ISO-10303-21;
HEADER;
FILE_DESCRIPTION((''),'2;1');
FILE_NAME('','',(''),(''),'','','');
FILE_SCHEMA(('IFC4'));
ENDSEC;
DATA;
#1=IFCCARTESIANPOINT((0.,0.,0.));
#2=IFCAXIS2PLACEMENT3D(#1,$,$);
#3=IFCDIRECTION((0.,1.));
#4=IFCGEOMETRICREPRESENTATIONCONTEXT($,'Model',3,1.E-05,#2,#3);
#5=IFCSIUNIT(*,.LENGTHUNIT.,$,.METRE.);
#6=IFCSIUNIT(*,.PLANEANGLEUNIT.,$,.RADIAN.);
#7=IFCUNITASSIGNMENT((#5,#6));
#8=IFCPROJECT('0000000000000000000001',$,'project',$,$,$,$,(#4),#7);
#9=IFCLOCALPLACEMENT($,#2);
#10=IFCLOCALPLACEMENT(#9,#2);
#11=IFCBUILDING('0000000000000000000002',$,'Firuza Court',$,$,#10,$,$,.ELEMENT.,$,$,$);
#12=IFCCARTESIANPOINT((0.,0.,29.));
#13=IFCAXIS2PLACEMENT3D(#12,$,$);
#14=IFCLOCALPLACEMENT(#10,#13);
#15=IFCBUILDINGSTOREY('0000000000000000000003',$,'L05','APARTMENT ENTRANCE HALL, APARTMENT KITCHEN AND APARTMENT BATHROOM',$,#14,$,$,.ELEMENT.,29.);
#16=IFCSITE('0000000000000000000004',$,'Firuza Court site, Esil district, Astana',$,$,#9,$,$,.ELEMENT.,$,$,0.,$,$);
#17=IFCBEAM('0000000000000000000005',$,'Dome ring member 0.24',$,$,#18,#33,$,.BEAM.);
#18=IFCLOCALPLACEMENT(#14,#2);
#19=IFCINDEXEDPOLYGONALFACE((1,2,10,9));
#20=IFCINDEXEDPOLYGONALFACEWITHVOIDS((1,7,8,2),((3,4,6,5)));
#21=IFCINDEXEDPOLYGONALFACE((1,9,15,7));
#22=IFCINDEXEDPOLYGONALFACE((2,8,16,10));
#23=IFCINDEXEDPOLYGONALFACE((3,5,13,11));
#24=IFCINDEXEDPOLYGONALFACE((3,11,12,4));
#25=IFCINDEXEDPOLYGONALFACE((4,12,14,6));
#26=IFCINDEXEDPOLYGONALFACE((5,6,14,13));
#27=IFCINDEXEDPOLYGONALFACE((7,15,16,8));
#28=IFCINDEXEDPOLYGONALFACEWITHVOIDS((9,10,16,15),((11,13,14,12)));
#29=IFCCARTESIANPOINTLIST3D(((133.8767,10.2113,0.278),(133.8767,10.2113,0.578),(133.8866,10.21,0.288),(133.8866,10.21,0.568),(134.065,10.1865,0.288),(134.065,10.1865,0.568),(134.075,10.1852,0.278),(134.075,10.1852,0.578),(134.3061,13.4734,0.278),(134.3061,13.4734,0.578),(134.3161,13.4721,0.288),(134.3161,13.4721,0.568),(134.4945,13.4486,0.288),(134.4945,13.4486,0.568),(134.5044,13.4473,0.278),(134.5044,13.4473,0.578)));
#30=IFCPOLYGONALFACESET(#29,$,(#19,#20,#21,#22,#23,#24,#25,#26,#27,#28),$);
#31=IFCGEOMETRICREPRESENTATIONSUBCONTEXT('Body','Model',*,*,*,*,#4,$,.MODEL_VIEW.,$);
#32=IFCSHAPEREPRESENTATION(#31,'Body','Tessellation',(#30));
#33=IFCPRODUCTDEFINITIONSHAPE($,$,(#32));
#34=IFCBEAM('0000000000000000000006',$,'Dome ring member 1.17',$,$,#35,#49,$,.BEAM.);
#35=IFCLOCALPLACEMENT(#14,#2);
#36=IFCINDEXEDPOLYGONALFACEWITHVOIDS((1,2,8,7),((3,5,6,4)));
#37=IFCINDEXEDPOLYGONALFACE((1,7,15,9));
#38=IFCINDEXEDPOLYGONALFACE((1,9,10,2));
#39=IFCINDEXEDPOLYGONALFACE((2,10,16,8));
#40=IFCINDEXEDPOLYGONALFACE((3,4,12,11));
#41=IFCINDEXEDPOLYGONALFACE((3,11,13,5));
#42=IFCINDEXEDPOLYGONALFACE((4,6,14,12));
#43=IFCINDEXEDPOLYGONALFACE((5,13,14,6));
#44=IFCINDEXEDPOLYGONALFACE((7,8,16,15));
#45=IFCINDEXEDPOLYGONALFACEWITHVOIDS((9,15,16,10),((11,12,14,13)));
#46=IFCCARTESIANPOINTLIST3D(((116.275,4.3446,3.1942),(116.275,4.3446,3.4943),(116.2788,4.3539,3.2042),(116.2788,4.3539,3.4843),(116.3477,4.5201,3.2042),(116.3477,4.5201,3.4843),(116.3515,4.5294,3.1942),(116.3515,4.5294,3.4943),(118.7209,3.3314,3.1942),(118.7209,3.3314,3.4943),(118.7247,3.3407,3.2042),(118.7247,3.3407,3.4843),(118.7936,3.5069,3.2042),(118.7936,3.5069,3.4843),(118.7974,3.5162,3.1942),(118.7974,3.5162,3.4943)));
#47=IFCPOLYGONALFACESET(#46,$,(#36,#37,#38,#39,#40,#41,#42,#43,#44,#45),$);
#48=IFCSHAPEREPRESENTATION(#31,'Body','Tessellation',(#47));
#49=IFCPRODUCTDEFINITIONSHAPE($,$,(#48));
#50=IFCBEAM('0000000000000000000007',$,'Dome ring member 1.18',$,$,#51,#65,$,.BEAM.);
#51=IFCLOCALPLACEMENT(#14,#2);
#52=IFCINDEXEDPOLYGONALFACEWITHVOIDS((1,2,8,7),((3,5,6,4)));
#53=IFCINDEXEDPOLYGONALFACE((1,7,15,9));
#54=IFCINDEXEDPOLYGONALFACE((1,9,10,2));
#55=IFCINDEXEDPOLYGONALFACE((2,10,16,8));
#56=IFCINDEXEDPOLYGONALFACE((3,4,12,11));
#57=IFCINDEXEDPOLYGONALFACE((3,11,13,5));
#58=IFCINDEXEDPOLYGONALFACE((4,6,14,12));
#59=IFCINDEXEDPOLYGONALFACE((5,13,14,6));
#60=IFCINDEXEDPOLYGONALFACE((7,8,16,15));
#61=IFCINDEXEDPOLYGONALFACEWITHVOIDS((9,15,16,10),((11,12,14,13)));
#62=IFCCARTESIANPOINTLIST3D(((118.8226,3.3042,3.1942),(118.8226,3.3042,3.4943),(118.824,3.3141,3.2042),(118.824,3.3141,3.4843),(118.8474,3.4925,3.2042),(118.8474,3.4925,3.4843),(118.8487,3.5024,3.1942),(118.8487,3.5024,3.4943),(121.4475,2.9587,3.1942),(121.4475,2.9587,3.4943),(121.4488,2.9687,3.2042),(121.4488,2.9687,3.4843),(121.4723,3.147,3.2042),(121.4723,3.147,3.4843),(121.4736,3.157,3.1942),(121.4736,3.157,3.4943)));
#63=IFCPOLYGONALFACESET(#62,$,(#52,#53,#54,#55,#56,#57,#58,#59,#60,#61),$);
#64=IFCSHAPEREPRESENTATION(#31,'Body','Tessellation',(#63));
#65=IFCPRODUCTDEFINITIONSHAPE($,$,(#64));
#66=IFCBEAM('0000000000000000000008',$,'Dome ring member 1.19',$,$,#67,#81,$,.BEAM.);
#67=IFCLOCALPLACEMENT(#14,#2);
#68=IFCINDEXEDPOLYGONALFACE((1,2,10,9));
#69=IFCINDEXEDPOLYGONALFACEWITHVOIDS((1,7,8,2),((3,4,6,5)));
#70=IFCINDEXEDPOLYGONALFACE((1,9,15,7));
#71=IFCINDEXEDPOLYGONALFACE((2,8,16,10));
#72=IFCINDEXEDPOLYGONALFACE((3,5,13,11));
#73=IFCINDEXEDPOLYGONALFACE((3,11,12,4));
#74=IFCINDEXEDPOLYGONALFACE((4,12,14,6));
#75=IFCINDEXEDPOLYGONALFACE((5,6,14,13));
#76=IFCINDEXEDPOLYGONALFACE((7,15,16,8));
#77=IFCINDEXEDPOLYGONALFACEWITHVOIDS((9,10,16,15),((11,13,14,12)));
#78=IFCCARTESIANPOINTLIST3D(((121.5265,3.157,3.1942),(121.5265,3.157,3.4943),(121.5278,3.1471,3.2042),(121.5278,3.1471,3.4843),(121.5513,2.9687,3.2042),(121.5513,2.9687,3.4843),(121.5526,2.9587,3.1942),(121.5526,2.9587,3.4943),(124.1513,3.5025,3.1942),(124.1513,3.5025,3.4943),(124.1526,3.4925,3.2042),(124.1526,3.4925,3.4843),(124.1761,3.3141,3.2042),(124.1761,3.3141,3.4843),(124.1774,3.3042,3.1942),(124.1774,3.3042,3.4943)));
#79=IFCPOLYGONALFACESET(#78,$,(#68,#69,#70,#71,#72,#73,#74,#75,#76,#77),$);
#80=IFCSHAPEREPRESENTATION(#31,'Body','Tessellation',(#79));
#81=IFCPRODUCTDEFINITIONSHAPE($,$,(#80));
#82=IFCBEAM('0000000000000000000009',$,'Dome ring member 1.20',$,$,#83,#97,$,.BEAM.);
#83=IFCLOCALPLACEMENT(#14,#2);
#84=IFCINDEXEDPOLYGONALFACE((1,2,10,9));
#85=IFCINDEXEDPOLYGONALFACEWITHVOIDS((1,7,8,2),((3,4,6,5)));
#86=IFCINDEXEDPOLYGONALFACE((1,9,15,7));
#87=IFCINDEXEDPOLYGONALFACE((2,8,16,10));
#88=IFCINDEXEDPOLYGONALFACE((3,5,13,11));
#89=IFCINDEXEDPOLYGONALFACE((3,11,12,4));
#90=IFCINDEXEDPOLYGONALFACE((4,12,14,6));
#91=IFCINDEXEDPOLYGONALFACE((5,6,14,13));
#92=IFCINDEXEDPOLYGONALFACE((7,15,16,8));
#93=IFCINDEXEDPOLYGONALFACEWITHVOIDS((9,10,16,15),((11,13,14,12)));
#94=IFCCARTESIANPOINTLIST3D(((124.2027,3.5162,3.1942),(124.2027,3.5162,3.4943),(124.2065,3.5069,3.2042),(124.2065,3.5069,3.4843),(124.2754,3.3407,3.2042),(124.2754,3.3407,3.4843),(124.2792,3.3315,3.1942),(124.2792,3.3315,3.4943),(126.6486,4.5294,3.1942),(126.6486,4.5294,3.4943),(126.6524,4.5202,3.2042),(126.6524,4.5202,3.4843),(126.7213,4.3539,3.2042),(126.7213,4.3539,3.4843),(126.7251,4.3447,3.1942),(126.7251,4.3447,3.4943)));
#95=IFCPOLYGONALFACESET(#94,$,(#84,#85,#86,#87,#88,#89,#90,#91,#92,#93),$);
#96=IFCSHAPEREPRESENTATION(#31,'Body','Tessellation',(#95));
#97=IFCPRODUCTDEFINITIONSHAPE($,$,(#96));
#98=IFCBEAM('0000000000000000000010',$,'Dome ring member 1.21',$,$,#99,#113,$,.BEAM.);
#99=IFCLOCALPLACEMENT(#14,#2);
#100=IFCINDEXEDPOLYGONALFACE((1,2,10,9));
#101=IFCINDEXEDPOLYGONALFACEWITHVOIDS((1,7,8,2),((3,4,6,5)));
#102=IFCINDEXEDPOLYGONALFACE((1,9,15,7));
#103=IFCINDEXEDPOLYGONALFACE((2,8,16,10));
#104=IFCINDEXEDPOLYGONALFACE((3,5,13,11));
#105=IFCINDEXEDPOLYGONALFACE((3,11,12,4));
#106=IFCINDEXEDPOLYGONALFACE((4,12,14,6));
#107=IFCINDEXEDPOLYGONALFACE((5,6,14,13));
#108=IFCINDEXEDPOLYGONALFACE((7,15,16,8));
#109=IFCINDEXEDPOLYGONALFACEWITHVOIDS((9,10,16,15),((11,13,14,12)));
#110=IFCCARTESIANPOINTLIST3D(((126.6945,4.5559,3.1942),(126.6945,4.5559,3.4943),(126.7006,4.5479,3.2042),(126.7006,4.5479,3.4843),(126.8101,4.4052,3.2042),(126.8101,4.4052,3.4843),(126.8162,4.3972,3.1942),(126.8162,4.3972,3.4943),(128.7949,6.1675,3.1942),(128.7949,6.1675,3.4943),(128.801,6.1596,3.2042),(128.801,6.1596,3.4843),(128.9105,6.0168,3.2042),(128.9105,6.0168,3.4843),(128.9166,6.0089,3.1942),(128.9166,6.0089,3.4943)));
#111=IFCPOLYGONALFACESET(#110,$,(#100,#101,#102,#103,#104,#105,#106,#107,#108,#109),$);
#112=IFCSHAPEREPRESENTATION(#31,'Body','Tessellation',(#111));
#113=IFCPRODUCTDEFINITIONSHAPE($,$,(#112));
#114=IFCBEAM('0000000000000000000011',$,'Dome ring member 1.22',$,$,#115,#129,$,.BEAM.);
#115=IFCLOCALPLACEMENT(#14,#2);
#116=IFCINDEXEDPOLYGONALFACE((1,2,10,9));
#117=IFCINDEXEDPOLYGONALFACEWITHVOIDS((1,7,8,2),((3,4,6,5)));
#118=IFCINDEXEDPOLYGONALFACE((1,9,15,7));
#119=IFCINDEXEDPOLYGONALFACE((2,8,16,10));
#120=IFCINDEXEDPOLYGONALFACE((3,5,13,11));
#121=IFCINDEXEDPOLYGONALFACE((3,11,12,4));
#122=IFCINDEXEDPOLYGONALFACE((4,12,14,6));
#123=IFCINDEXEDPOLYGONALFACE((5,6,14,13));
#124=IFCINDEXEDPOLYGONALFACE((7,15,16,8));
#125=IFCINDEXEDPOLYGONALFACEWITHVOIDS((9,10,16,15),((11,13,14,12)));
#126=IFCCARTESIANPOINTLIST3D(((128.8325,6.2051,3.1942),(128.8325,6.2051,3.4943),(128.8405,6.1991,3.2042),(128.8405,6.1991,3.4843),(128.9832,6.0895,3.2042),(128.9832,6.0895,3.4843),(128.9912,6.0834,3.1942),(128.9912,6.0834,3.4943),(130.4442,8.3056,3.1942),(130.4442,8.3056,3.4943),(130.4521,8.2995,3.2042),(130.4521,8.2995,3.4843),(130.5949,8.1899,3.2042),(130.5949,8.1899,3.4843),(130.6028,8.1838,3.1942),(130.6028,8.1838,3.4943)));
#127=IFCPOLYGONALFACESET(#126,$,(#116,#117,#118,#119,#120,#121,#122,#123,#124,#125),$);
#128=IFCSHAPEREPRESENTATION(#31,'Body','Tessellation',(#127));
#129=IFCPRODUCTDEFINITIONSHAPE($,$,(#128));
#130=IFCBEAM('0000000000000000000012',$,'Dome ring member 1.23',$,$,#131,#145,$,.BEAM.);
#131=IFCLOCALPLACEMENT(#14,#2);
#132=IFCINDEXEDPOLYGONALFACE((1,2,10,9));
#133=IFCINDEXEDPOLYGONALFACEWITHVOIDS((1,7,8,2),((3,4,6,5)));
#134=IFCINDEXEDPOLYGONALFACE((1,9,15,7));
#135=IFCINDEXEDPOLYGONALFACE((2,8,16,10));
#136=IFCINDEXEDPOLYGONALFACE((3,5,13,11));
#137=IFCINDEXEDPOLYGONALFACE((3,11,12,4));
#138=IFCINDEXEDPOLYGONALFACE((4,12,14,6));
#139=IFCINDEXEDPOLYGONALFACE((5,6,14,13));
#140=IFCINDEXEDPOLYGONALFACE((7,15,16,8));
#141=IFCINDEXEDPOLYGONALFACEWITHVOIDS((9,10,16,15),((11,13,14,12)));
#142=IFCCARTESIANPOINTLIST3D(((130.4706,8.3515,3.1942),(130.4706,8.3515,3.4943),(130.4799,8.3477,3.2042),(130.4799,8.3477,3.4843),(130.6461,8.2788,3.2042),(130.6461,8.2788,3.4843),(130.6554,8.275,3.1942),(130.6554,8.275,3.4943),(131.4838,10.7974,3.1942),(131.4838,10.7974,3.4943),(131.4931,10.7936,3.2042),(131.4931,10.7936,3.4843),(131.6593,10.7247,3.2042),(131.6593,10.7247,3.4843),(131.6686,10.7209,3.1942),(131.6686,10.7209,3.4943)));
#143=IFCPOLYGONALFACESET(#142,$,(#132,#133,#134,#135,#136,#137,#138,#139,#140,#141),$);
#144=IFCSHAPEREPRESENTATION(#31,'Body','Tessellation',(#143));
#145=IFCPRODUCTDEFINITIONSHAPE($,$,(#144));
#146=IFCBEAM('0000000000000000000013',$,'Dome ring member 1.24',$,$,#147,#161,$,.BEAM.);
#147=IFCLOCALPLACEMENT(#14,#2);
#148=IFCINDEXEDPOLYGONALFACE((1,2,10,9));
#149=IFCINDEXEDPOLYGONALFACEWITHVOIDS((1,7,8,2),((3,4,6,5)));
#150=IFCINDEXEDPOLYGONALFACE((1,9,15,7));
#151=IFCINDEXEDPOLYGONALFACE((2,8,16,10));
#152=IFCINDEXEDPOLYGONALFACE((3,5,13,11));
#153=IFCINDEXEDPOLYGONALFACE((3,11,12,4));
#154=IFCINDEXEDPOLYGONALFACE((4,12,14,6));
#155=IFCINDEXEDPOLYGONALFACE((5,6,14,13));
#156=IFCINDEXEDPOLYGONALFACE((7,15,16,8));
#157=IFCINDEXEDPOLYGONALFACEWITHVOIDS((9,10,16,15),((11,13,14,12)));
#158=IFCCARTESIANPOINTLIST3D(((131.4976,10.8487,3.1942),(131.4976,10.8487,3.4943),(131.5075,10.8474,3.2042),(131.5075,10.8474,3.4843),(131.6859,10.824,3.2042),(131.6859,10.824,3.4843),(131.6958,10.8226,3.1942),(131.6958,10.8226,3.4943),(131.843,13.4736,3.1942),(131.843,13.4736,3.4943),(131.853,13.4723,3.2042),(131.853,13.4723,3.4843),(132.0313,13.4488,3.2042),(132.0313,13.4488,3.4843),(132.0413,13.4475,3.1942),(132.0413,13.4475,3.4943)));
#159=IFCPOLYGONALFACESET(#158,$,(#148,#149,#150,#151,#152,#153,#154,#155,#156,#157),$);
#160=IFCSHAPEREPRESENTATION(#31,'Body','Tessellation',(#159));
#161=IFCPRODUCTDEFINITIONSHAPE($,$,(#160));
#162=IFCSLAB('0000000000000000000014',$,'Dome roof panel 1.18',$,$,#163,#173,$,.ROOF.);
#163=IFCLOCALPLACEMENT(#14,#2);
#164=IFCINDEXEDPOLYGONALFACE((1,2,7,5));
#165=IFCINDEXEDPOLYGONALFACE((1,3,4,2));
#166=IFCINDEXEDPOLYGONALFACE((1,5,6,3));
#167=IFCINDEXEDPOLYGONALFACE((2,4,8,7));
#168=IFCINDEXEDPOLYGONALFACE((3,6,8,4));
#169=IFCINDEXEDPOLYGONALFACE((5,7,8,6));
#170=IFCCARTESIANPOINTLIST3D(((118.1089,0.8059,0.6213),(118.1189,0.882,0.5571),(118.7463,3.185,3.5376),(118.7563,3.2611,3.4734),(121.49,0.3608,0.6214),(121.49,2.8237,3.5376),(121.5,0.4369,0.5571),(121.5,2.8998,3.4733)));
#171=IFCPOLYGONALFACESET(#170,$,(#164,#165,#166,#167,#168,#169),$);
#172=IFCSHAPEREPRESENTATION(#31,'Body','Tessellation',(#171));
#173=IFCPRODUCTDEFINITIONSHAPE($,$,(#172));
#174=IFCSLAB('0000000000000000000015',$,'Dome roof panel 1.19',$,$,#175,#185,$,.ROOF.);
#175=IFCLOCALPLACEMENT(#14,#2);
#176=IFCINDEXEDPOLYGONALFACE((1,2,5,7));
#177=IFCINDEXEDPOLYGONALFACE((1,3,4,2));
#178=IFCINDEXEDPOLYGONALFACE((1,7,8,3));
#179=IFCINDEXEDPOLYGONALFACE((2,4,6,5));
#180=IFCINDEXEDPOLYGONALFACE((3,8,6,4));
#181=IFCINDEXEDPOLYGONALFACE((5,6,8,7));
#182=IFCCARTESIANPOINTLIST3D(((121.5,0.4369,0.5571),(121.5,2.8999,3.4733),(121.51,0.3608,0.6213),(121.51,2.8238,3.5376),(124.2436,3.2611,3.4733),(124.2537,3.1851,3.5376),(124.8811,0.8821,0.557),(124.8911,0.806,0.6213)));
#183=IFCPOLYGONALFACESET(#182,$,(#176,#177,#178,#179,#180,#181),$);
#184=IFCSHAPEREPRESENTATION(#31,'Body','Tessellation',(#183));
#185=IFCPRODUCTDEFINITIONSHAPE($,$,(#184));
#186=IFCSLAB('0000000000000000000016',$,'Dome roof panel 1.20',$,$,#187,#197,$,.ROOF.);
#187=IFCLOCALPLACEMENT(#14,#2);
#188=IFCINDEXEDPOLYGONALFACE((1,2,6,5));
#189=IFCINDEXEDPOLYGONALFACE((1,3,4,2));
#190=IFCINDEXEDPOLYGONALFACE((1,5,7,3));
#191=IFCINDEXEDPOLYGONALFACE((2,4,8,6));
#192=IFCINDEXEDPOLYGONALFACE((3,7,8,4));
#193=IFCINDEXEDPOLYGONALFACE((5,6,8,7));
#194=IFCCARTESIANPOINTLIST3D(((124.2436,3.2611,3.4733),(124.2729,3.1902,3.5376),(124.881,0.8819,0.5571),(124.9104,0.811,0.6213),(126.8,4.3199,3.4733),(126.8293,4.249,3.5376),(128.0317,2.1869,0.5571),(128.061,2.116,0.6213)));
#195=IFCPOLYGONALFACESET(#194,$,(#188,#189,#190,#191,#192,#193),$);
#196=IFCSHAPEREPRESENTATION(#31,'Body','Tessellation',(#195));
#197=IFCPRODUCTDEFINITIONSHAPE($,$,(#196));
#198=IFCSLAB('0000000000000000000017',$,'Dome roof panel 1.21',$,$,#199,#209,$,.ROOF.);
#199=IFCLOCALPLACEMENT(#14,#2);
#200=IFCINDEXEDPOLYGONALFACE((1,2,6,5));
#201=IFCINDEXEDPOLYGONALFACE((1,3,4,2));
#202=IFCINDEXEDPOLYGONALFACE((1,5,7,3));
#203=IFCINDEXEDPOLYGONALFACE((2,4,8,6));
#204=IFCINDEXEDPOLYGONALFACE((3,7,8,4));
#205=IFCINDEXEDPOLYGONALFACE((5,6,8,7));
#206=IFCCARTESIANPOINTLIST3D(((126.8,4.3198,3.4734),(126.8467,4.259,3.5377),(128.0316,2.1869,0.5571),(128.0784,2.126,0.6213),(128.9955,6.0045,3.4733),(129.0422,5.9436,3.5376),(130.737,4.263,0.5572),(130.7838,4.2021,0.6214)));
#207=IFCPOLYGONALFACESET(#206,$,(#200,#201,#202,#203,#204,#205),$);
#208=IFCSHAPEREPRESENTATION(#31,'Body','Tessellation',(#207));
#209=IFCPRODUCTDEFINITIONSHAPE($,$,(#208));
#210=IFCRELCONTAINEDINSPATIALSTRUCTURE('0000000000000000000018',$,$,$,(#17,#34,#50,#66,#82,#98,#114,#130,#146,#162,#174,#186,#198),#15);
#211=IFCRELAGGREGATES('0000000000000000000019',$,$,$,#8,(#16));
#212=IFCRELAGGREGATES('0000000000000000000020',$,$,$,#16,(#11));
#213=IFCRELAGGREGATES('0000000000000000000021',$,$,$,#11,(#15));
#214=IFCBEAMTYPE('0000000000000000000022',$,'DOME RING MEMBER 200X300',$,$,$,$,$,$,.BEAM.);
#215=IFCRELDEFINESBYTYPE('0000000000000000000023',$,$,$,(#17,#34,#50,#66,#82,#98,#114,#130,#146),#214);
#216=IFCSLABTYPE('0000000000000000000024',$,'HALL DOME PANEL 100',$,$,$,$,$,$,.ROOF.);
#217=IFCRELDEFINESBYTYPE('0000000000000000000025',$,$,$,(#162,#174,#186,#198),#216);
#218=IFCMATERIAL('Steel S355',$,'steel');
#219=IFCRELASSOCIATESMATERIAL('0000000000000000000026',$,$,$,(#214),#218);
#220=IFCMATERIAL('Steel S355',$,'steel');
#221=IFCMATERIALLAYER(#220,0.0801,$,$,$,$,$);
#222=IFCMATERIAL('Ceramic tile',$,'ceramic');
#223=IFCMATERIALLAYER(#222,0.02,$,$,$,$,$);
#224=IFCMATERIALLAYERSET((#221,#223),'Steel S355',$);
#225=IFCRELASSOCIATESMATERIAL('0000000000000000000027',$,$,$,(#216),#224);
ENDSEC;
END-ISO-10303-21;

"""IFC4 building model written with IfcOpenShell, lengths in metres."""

from ifc_helpers import new_model, si_unit, direction, frame, origin, origin_2d, place, context, subcontext, project, spatial, polyline, hollow_rectangle, outline, extrude, material, layer, layer_set, material_profile, profile_set, type_object, element, save


model = new_model("IFC4")

# Units and contexts
model_context = context("Model", 3, precision=1e-05, world=origin(), true_north=direction((0.0, 1.0)))
body_context = subcontext(model_context, "Body", "Model", "MODEL_VIEW")
ifc_project = project(units=[si_unit("LENGTHUNIT", "METRE"), si_unit("PLANEANGLEUNIT", "RADIAN")], contexts=[model_context])

# Site, building, storey
site_placement = place(None, origin())
site = spatial("IfcSite", under=ifc_project, at=site_placement, Name="Firuza Court site, Esil district, Astana", CompositionType="ELEMENT", RefElevation=0.0)
building_placement = place(site_placement, origin())
building = spatial("IfcBuilding", under=site, at=building_placement, Name="Firuza Court", CompositionType="ELEMENT")
storey_placement = place(building_placement, frame((0.0, 0.0, 29.0)))
storey = spatial("IfcBuildingStorey", under=building, at=storey_placement, Name="L05", Description="APARTMENT ENTRANCE HALL, APARTMENT KITCHEN AND APARTMENT BATHROOM", CompositionType="ELEMENT", Elevation=29.0)

# Beams
ifc_material_1 = material(Name="Steel S355", Category="steel")
ifc_material_profile_1 = material_profile(ifc_material_1, hollow_rectangle(XDim=0.2, YDim=0.3, WallThickness=0.01, at=origin_2d()), Name="RHS 300X200X10")
ifc_profile_set_1 = profile_set([ifc_material_profile_1], Name="Steel S355")
beam_type_1 = type_object("IfcBeamType", Name="DOME RING MEMBER 200X300", PredefinedType="BEAM", material=ifc_profile_set_1)
for number, where, z_axis, x_axis, name in (
    (1, (133.9758, 10.1982, 0.428), (0.130516, 0.991446, 0.0), (-0.991446, 0.130516, 0.0), "Dome ring member 0.24"),
):
    element("IfcBeam", number, at=place(storey_placement, frame(where, z_axis=z_axis, x_axis=x_axis)), inside=storey, type_object=beam_type_1, Name=name, PredefinedType="BEAM", context=body_context, shape_type="SweptSolid", body=[
        extrude(hollow_rectangle(XDim=0.2, YDim=0.3, WallThickness=0.01, at=origin_2d()), origin(), (0.0, 0.0, 1.0), 3.2903),
    ])
for number, where, z_axis, x_axis, name in (
    (2, (116.3132, 4.437, 3.3442), (0.923866, -0.382716, 0.0), (0.382716, 0.923866, 0.0), "Dome ring member 1.17"),
    (3, (118.8357, 3.4033, 3.3442), (0.99145, -0.13049, 0.0), (0.13049, 0.99145, 0.0), "Dome ring member 1.18"),
    (4, (121.5396, 3.0579, 3.3442), (0.99145, 0.13049, 0.0), (-0.13049, 0.99145, 0.0), "Dome ring member 1.19"),
    (5, (124.241, 3.4238, 3.3442), (0.923866, 0.382716, 0.0), (-0.382716, 0.923866, 0.0), "Dome ring member 1.20"),
    (6, (126.7554, 4.4766, 3.3442), (0.793367, 0.608743, 0.0), (-0.608743, 0.793367, 0.0), "Dome ring member 1.21"),
    (7, (128.9119, 6.1443, 3.3442), (0.608743, 0.793367, 0.0), (-0.793367, 0.608743, 0.0), "Dome ring member 1.22"),
    (8, (130.563, 8.3132, 3.3442), (0.382716, 0.923866, 0.0), (-0.923866, 0.382716, 0.0), "Dome ring member 1.23"),
    (9, (131.5967, 10.8357, 3.3442), (0.13049, 0.99145, 0.0), (-0.99145, 0.13049, 0.0), "Dome ring member 1.24"),
):
    element("IfcBeam", number, at=place(storey_placement, frame(where, z_axis=z_axis, x_axis=x_axis)), inside=storey, type_object=beam_type_1, Name=name, PredefinedType="BEAM", context=body_context, shape_type="SweptSolid", body=[
        extrude(hollow_rectangle(XDim=0.2, YDim=0.3, WallThickness=0.01, at=origin_2d()), origin(), (0.0, 0.0, 1.0), 2.6475),
    ])

# Slabs
ifc_material_2 = material(Name="Steel S355", Category="steel")
ifc_layer_1 = layer(ifc_material_2, 0.0801)
ifc_material_3 = material(Name="Ceramic tile", Category="ceramic")
ifc_layer_2 = layer(ifc_material_3, 0.02)
ifc_layer_set = layer_set([ifc_layer_1, ifc_layer_2], Name="Steel S355")
slab_type = type_object("IfcSlabType", Name="HALL DOME PANEL 100", PredefinedType="ROOF", material=ifc_layer_set)
slab_1_placement = place(storey_placement, frame((118.1089, 0.8059, 0.6213), z_axis=(-0.100082, -0.760147, 0.641997), x_axis=(0.166991, 0.623251, 0.763984)))
element("IfcSlab", 10, at=slab_1_placement, inside=storey, type_object=slab_type, Name="Dome roof panel 1.18", PredefinedType="ROOF", context=body_context, shape_type="SweptSolid", body=[
    extrude(outline(polyline([(0.0, 0.0), (3.8172, 0.0), (4.0502, -2.7575), (0.2872, -3.3982), (0.0, 0.0)])), origin(), (0.0, 0.0, -1.0), 0.1001),
])
slab_2_placement = place(storey_placement, frame((121.51, 0.3608, 0.6213), z_axis=(0.100082, -0.760147, 0.641997), x_axis=(-0.000002, 0.645237, 0.763983)))
element("IfcSlab", 11, at=slab_2_placement, inside=storey, type_object=slab_type, Name="Dome roof panel 1.19", PredefinedType="ROOF", context=body_context, shape_type="SweptSolid", body=[
    extrude(outline(polyline([(0.0, 0.0), (3.8171, 0.0), (4.0503, -2.7575), (0.2872, -3.3982), (0.0, 0.0)])), origin(), (0.0, 0.0, -1.0), 0.1001),
])
slab_3_placement = place(storey_placement, frame((124.9104, 0.811, 0.6213), z_axis=(0.293384, -0.70834, 0.642013), x_axis=(-0.166994, 0.623268, 0.76397)))
element("IfcSlab", 12, at=slab_3_placement, inside=storey, type_object=slab_type, Name="Dome roof panel 1.20", PredefinedType="ROOF", context=body_context, shape_type="SweptSolid", body=[
    extrude(outline(polyline([(0.0, 0.0), (3.8172, 0.0), (4.0503, -2.7572), (0.2872, -3.3981), (0.0, 0.0)])), origin(), (0.0, 0.0, -1.0), 0.1001),
])
slab_4_placement = place(storey_placement, frame((128.0784, 2.126, 0.6213), z_axis=(0.466756, -0.608261, 0.641995), x_axis=(-0.322646, 0.55877, 0.763986)))
element("IfcSlab", 13, at=slab_4_placement, inside=storey, type_object=slab_type, Name="Dome roof panel 1.21", PredefinedType="ROOF", context=body_context, shape_type="SweptSolid", body=[
    extrude(outline(polyline([(0.0, 0.0), (3.8173, 0.0), (4.0502, -2.7575), (0.2872, -3.3981), (0.0, 0.0)])), origin(), (0.0, 0.0, -1.0), 0.1001),
])

save(model, "model.ifc")
